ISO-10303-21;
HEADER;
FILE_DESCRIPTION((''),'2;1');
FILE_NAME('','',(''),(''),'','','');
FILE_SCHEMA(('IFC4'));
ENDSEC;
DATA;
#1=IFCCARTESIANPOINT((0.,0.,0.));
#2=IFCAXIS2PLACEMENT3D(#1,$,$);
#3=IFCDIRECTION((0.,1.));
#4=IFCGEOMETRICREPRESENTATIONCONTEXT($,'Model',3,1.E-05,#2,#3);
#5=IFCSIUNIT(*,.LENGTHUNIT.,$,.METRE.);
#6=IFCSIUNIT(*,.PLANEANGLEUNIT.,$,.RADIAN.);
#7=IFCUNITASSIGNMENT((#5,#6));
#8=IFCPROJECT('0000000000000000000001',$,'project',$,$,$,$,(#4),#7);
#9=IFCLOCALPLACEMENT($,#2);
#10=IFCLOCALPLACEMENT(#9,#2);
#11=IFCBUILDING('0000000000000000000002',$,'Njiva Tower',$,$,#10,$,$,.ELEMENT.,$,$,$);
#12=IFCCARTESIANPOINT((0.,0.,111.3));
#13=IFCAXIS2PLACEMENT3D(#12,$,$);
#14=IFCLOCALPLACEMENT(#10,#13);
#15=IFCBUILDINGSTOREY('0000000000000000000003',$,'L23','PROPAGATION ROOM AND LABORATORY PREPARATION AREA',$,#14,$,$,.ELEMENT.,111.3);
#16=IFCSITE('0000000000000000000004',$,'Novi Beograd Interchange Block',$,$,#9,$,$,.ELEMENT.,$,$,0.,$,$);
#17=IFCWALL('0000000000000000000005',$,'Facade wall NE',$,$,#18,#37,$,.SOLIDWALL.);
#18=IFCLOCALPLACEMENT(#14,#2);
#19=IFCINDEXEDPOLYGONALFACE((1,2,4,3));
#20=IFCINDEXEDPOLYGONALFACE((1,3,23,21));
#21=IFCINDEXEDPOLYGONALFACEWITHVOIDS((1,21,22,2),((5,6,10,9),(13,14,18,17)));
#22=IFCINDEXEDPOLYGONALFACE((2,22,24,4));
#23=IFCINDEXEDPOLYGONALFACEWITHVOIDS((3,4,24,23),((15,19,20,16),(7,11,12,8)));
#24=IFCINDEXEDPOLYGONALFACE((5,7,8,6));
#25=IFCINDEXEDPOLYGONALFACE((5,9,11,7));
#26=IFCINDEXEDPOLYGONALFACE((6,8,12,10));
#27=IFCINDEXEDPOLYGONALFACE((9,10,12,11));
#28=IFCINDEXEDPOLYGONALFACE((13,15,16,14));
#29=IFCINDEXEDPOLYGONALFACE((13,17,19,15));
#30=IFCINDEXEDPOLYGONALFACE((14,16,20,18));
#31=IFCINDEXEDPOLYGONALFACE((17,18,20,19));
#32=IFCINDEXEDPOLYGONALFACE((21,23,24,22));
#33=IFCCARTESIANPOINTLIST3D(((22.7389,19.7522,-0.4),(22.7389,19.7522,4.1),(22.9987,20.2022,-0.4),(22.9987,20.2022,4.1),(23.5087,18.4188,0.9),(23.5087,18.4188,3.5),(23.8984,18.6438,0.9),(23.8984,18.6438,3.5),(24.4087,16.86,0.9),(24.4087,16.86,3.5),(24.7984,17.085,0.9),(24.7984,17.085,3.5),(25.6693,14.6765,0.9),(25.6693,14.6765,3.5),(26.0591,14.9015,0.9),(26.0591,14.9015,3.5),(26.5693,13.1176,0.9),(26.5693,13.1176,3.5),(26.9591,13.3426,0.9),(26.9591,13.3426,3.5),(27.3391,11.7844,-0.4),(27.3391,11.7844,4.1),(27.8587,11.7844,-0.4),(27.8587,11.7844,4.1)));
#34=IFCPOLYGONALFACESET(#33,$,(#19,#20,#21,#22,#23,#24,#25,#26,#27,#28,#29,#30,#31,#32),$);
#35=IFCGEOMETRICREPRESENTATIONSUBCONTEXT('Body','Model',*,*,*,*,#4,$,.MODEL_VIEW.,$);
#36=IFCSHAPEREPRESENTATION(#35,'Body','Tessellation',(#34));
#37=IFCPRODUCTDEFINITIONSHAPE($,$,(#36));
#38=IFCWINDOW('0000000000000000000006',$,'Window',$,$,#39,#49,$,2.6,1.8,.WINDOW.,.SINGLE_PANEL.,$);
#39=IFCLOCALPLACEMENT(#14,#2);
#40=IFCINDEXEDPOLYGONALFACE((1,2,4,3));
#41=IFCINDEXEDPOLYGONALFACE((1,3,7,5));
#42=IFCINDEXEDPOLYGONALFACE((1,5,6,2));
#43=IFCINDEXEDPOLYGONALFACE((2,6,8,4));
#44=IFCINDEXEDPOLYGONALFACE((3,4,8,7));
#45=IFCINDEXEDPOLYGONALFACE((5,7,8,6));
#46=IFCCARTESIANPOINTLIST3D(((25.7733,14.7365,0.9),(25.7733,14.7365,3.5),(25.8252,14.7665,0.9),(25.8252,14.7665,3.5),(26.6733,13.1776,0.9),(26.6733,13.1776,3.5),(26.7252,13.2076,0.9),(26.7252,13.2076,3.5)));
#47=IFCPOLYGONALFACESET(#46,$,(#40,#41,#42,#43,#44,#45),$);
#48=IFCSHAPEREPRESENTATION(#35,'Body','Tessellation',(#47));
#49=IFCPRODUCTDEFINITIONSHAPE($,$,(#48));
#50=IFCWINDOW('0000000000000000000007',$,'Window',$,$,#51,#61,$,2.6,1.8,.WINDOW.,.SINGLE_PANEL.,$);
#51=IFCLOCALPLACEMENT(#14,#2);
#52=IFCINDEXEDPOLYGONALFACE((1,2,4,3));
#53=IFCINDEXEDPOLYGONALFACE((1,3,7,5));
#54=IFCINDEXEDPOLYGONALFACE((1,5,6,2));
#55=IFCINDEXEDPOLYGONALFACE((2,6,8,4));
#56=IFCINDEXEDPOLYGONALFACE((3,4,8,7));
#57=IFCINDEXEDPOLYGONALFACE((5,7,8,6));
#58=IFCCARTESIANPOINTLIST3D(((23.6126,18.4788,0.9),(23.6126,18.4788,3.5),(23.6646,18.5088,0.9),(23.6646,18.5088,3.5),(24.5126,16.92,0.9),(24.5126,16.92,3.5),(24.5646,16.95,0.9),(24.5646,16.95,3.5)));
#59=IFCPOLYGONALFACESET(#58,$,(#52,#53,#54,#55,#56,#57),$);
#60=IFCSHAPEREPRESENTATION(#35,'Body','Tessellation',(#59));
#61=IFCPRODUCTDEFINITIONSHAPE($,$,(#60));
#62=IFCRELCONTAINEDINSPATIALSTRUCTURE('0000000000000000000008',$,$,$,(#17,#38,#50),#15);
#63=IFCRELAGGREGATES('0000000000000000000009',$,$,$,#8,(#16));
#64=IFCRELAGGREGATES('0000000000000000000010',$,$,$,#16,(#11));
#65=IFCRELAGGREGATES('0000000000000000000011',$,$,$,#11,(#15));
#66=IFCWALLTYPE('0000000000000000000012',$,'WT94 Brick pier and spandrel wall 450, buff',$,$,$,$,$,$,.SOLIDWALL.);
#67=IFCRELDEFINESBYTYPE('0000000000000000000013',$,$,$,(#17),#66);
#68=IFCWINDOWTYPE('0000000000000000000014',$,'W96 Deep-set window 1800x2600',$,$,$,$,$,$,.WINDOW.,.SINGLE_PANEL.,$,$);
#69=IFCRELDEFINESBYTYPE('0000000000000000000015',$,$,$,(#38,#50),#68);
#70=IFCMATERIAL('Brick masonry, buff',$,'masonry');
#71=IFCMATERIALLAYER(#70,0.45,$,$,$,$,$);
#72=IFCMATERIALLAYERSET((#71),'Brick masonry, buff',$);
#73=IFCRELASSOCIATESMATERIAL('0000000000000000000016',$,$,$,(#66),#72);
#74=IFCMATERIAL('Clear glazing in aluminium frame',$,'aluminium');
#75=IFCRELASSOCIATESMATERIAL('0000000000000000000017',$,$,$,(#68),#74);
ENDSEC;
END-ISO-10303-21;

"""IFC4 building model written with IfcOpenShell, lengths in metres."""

from ifc_helpers import new_model, si_unit, direction, frame, frame_2d, origin, place, context, subcontext, project, spatial, polyline, rectangle, outline, extrude, material, layer, layer_set, type_object, element, fill, save


model = new_model("IFC4")

# Units and contexts
model_context = context("Model", 3, precision=1e-05, world=origin(), true_north=direction((0.0, 1.0)))
body_context = subcontext(model_context, "Body", "Model", "MODEL_VIEW")
ifc_project = project(units=[si_unit("LENGTHUNIT", "METRE"), si_unit("PLANEANGLEUNIT", "RADIAN")], contexts=[model_context])

# Site, building, storey
site_placement = place(None, origin())
site = spatial("IfcSite", under=ifc_project, at=site_placement, Name="Novi Beograd Interchange Block", CompositionType="ELEMENT", RefElevation=0.0)
building_placement = place(site_placement, origin())
building = spatial("IfcBuilding", under=site, at=building_placement, Name="Njiva Tower", CompositionType="ELEMENT")
storey_placement = place(building_placement, frame((0.0, 0.0, 111.3)))
storey = spatial("IfcBuildingStorey", under=building, at=storey_placement, Name="L23", Description="PROPAGATION ROOM AND LABORATORY PREPARATION AREA", CompositionType="ELEMENT", Elevation=111.3)

# Wall, openings, windows
ifc_material_1 = material(Name="Clear glazing in aluminium frame", Category="aluminium")
ifc_material_2 = material(Name="Brick masonry, buff", Category="masonry")
ifc_layer_1 = layer(ifc_material_2, 0.45)
ifc_layer_set_1 = layer_set([ifc_layer_1], Name="Brick masonry, buff")
wall_type_1 = type_object("IfcWallType", Name="WT94 Brick pier and spandrel wall 450, buff", PredefinedType="SOLIDWALL", material=ifc_layer_set_1)
wall_1_placement = place(storey_placement, frame((27.5989, 11.7844, -0.4), z_axis=(0.0, 0.0, 1.0), x_axis=(-0.499999, 0.866026, 0.0)))
wall_1 = element("IfcWall", 1, at=wall_1_placement, inside=storey, type_object=wall_type_1, Name="Facade wall NE", PredefinedType="SOLIDWALL", context=body_context, shape_type="SweptSolid", body=[
    extrude(outline(polyline([(-0.1299, -0.225), (9.5901, -0.225), (9.3303, 0.225), (0.1299, 0.225), (-0.1299, -0.225)])), origin(), (0.0, 0.0, 1.0), 4.5),
])
opening_1_placement = place(wall_1_placement, frame((1.6694, 0.0, 1.3)))
opening_1 = element("IfcOpeningElement", 2, at=opening_1_placement, cuts=wall_1, PredefinedType="OPENING", context=body_context, shape_type="SweptSolid", body=[
    extrude(rectangle(XDim=1.8, YDim=2.6, at=frame_2d((0.9, 1.3))), frame((0.0, 0.235, 0.0), z_axis=(0.0, -1.0, 0.0), x_axis=(1.0, 0.0, 0.0)), (0.0, 0.0, 1.0), 0.47),
])
opening_2_placement = place(wall_1_placement, frame((5.9907, 0.0, 1.3)))
opening_2 = element("IfcOpeningElement", 3, at=opening_2_placement, cuts=wall_1, PredefinedType="OPENING", context=body_context, shape_type="SweptSolid", body=[
    extrude(rectangle(XDim=1.8, YDim=2.6, at=frame_2d((0.9, 1.3))), frame((0.0, 0.235, 0.0), z_axis=(0.0, -1.0, 0.0), x_axis=(1.0, 0.0, 0.0)), (0.0, 0.0, 1.0), 0.47),
])
window_type_1 = type_object("IfcWindowType", Name="W96 Deep-set window 1800x2600", PartitioningType="SINGLE_PANEL", PredefinedType="WINDOW", material=ifc_material_1)
window_1_placement = place(opening_1_placement, origin())
window_1 = element("IfcWindow", 4, at=window_1_placement, inside=storey, type_object=window_type_1, Name="Window", OverallHeight=2.6, OverallWidth=1.8, PartitioningType="SINGLE_PANEL", PredefinedType="WINDOW", context=body_context, shape_type="SweptSolid", body=[
    extrude(rectangle(XDim=1.8, YDim=2.6, at=frame_2d((0.9, 1.3))), frame((0.0, 0.105, 0.0), z_axis=(0.0, -1.0, 0.0), x_axis=(1.0, 0.0, 0.0)), (0.0, 0.0, 1.0), 0.06),
])
fill(opening_1, window_1)
window_2_placement = place(opening_2_placement, origin())
window_2 = element("IfcWindow", 5, at=window_2_placement, inside=storey, type_object=window_type_1, Name="Window", OverallHeight=2.6, OverallWidth=1.8, PartitioningType="SINGLE_PANEL", PredefinedType="WINDOW", context=body_context, shape_type="SweptSolid", body=[
    extrude(rectangle(XDim=1.8, YDim=2.6, at=frame_2d((0.9, 1.3))), frame((0.0, 0.105, 0.0), z_axis=(0.0, -1.0, 0.0), x_axis=(1.0, 0.0, 0.0)), (0.0, 0.0, 1.0), 0.06),
])
fill(opening_2, window_2)

save(model, "model.ifc")
